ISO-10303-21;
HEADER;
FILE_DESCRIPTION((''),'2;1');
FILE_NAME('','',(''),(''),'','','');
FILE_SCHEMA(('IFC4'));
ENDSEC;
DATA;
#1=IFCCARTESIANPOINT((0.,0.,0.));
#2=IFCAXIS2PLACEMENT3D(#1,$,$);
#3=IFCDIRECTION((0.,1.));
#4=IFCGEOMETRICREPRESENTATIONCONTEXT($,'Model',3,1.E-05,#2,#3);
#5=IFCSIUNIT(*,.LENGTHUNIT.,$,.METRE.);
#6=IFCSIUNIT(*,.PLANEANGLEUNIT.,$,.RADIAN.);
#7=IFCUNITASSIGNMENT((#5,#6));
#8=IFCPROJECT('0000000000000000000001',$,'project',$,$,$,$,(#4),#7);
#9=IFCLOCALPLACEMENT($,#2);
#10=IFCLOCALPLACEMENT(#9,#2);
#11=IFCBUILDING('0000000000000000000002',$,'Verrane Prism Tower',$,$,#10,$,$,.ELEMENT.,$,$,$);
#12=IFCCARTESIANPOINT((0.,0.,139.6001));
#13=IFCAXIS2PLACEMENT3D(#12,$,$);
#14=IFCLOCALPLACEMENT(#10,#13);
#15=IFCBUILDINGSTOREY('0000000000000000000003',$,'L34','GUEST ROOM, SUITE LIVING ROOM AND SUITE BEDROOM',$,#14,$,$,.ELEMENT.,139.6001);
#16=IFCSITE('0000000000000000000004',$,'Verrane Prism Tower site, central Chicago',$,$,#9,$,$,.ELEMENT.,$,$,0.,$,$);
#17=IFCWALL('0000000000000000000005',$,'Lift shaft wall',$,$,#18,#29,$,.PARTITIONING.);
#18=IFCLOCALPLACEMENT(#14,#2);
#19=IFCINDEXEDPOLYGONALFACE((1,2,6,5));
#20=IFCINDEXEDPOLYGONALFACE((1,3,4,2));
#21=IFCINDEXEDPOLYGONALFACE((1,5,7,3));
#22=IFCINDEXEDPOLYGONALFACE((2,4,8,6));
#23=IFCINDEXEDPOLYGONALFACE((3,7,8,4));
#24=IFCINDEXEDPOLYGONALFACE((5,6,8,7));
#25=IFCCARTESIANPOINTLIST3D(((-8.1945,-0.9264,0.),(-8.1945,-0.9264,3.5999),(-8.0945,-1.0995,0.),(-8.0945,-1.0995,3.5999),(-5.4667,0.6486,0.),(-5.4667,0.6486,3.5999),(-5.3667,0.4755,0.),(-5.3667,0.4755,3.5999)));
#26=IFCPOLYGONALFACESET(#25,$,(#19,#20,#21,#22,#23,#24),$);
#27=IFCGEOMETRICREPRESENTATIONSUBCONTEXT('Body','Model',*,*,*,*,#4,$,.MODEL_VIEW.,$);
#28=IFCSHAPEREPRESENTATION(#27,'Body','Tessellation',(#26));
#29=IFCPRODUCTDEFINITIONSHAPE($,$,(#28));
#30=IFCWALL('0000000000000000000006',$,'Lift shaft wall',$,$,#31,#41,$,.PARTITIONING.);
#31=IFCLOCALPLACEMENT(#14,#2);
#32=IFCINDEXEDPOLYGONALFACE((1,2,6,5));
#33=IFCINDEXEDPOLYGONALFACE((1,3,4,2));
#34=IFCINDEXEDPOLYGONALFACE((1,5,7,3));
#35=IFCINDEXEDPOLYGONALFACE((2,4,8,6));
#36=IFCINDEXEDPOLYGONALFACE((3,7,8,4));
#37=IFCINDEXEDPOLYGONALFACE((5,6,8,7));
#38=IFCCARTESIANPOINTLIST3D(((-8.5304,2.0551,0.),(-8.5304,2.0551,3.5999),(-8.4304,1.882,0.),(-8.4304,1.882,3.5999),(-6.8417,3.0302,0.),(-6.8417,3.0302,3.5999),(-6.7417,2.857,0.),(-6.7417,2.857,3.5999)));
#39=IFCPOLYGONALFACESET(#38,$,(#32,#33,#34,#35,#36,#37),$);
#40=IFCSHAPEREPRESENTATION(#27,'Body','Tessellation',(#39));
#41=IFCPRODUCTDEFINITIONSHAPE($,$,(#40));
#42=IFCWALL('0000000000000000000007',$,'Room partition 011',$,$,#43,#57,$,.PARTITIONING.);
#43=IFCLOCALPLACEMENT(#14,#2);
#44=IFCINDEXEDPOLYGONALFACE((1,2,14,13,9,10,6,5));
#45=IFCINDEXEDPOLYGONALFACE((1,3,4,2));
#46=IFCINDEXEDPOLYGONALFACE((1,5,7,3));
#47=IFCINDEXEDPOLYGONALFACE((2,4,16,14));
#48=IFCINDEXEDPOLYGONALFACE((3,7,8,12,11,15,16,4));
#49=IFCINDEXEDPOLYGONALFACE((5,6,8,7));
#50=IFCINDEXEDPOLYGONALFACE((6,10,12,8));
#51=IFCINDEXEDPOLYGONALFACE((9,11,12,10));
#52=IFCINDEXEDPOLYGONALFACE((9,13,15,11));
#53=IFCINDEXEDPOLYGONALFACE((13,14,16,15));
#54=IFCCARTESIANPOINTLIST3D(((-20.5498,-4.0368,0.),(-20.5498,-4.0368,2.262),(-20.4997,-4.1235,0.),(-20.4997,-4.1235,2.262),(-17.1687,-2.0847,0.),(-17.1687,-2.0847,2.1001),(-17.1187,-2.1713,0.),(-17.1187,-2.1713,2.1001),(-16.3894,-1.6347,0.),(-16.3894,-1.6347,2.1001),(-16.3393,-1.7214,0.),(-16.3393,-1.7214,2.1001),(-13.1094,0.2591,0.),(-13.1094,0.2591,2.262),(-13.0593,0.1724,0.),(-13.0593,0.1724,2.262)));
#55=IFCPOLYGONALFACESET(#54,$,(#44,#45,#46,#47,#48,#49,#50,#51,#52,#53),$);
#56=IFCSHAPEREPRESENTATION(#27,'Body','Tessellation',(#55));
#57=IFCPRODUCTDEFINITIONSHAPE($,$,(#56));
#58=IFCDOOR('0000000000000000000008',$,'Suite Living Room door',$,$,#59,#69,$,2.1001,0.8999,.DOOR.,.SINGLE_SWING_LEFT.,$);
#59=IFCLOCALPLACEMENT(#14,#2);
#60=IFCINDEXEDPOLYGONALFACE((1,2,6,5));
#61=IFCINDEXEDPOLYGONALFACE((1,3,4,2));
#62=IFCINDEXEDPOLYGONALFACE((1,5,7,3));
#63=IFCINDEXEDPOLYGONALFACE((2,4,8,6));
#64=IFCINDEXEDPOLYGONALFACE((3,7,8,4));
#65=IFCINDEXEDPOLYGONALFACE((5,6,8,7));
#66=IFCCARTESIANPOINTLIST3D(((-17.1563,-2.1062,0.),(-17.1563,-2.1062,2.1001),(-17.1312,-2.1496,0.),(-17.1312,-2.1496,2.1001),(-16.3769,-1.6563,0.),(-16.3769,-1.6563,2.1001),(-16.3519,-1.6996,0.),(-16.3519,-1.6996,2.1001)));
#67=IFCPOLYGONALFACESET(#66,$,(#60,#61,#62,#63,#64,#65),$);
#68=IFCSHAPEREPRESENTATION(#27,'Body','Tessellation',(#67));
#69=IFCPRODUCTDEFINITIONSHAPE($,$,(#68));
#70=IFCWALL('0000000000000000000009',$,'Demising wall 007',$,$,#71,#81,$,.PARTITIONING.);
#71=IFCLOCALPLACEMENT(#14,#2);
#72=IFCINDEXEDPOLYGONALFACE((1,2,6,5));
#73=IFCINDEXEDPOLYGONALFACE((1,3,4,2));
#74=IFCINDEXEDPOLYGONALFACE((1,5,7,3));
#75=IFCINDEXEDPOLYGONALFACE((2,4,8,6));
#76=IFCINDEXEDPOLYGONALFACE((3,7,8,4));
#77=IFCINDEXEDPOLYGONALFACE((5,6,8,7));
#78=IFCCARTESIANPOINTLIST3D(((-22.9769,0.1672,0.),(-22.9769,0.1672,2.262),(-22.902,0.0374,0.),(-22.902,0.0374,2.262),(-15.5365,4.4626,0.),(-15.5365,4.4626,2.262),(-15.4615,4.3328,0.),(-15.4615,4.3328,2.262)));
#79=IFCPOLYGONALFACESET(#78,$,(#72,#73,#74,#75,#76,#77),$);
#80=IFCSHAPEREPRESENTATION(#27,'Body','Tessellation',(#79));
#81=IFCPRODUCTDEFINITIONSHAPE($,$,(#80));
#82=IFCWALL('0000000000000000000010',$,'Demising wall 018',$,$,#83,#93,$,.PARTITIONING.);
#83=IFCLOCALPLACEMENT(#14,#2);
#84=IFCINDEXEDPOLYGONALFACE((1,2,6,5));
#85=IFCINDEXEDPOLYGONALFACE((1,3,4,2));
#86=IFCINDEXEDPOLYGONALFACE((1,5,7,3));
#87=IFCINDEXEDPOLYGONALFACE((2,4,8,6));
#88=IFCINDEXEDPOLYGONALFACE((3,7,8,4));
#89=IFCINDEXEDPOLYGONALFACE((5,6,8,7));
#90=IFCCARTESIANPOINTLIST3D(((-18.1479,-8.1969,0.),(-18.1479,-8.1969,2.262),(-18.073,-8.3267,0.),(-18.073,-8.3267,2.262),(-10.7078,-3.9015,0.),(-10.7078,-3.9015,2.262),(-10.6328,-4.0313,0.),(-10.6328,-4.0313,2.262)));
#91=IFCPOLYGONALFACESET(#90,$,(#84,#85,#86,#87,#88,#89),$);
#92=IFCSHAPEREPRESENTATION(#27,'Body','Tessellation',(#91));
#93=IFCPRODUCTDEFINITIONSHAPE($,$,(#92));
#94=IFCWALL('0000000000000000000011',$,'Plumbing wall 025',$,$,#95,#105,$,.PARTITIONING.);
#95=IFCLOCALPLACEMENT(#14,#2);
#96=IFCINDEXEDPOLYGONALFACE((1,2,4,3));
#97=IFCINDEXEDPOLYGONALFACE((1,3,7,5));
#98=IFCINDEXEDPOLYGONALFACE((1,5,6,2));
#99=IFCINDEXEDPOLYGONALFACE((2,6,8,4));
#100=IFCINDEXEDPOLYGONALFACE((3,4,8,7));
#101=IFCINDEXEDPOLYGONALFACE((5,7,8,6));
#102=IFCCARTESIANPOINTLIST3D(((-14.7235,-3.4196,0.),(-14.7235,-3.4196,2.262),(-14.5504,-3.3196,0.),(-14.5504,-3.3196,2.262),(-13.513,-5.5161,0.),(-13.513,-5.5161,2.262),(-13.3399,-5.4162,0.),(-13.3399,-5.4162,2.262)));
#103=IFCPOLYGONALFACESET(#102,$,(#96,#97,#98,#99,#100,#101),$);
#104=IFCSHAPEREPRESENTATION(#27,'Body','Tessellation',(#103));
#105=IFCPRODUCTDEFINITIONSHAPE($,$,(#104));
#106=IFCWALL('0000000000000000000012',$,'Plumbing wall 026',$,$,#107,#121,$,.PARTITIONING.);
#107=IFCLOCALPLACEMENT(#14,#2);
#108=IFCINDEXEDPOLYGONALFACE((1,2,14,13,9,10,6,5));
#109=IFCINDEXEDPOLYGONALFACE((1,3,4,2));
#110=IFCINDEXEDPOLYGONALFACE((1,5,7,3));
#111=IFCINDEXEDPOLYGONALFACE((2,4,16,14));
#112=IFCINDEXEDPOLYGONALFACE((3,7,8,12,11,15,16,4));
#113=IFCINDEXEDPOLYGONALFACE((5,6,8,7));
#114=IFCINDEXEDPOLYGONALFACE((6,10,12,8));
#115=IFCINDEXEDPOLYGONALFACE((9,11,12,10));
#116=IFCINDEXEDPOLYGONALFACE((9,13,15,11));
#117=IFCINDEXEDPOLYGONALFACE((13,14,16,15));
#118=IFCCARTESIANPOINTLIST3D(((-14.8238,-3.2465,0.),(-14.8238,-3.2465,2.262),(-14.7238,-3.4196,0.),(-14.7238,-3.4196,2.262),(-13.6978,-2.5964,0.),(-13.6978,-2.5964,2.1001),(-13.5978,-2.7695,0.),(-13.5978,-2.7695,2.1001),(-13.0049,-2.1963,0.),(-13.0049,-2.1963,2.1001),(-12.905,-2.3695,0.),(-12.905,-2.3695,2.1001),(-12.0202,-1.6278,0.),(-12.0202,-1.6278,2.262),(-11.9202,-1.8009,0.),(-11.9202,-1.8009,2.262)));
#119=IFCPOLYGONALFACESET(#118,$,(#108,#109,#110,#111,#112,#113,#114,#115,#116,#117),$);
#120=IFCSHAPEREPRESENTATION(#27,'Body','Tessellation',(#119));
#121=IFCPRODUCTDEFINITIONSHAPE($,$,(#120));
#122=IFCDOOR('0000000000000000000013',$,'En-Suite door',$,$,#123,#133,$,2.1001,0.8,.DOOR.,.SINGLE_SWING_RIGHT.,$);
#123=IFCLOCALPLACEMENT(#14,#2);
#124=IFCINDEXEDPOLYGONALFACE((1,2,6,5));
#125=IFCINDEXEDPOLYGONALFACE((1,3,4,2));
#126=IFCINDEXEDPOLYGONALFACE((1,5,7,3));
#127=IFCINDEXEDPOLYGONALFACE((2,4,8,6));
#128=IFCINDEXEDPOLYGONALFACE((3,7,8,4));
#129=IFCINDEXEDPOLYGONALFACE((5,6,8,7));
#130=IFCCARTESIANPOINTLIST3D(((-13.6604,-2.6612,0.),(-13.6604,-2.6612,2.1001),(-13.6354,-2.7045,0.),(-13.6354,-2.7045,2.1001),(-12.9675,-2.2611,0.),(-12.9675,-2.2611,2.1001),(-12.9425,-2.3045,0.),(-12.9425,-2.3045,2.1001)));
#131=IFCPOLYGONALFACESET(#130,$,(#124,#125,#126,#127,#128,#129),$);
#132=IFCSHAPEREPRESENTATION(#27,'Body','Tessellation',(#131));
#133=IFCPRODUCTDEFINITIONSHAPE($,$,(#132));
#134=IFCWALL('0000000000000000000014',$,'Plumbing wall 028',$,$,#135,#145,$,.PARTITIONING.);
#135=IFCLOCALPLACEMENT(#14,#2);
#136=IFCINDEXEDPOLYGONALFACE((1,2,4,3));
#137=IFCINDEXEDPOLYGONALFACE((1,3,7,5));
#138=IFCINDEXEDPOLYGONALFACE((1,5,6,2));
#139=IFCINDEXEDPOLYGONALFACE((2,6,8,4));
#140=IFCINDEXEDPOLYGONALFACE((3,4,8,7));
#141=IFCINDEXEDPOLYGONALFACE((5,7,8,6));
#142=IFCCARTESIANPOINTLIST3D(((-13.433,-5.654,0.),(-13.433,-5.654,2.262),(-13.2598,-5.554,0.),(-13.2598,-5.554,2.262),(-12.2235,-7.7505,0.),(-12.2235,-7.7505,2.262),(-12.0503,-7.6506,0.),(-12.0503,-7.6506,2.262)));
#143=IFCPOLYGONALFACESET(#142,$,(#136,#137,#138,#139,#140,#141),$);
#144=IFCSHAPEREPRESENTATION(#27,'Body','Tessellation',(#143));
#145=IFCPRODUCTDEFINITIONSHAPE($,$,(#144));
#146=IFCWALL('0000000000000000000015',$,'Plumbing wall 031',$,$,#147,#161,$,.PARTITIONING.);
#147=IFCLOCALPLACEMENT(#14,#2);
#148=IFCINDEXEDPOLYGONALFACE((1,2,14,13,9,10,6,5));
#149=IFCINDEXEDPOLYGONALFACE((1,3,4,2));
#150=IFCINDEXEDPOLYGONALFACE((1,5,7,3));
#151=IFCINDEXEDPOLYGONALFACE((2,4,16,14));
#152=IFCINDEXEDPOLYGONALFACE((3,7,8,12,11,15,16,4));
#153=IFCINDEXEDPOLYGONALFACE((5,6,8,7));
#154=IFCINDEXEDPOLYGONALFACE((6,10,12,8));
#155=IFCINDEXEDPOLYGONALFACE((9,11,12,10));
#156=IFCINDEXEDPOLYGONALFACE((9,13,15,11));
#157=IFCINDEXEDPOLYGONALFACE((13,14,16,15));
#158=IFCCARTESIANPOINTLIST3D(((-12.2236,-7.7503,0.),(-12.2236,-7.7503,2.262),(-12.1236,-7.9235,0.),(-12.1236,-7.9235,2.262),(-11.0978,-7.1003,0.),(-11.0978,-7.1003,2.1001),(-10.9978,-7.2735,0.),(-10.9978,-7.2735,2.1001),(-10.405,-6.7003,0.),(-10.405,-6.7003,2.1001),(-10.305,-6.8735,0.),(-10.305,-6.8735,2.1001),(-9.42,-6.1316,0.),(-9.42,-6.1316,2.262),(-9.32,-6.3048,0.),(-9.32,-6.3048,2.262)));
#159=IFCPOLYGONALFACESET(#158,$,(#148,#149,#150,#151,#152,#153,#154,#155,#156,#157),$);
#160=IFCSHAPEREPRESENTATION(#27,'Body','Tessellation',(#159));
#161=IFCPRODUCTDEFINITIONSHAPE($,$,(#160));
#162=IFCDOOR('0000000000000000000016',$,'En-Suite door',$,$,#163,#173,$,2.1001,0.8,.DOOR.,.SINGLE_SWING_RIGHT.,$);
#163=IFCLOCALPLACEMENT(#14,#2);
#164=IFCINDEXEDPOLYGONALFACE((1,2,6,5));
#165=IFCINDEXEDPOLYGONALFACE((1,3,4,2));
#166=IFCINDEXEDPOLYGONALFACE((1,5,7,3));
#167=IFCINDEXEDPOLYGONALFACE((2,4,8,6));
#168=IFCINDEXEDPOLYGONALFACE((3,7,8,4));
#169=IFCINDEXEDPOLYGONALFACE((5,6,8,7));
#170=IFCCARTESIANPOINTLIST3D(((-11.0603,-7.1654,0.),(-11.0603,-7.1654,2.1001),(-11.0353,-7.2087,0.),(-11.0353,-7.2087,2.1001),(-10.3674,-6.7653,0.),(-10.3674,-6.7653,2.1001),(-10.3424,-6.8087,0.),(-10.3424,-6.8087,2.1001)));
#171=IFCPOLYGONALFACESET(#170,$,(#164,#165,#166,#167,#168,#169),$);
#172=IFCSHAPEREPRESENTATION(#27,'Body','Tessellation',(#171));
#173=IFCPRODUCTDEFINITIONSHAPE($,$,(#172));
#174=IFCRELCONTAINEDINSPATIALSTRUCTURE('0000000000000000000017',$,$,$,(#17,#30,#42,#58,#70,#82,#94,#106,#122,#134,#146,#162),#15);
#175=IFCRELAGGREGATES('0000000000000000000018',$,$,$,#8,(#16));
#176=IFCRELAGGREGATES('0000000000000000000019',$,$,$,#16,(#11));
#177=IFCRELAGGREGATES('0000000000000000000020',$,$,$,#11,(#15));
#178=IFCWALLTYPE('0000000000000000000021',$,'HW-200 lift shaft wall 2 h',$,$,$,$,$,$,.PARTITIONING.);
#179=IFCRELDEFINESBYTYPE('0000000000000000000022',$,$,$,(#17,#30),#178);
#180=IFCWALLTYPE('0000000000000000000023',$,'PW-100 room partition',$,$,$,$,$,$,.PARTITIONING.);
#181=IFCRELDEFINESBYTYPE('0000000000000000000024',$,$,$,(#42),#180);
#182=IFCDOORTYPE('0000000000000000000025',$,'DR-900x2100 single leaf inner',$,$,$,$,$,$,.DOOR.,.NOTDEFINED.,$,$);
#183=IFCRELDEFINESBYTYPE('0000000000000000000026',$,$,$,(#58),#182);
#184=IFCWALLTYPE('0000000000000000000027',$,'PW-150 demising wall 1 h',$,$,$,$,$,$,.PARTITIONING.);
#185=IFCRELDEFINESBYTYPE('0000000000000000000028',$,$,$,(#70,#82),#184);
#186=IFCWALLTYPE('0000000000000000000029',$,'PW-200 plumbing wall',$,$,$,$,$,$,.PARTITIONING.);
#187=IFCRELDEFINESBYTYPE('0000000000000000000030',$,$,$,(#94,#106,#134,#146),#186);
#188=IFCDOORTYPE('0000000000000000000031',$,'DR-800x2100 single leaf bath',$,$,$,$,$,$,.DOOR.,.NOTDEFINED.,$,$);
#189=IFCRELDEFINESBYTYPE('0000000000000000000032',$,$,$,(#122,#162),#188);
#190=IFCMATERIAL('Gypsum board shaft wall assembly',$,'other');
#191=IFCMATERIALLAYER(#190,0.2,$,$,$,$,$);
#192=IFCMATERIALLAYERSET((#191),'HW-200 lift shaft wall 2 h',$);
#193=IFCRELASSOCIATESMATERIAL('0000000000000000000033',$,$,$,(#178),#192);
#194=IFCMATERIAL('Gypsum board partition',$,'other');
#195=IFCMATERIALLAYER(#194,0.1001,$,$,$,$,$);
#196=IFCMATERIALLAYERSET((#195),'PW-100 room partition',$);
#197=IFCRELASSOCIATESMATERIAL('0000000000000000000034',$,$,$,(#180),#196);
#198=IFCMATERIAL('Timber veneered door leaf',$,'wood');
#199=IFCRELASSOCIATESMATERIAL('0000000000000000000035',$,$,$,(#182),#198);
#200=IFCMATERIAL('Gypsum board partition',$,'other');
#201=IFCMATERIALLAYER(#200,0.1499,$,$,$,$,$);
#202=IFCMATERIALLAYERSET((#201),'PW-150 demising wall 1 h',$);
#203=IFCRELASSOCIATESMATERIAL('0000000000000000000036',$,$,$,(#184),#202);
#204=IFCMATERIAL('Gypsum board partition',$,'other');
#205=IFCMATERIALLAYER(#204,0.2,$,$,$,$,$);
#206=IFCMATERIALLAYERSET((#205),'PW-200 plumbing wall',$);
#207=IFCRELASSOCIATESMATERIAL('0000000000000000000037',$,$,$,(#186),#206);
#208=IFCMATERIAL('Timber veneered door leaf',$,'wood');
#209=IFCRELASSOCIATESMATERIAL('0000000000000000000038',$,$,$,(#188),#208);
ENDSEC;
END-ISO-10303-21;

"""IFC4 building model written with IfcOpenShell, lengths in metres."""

from ifc_helpers import new_model, si_unit, direction, frame, frame_2d, origin, place, context, subcontext, project, spatial, rectangle, extrude, material, layer, layer_set, type_object, element, fill, save


model = new_model("IFC4")

# Units and contexts
model_context = context("Model", 3, precision=1e-05, world=origin(), true_north=direction((0.0, 1.0)))
body_context = subcontext(model_context, "Body", "Model", "MODEL_VIEW")
ifc_project = project(units=[si_unit("LENGTHUNIT", "METRE"), si_unit("PLANEANGLEUNIT", "RADIAN")], contexts=[model_context])

# Site, building, storey
site_placement = place(None, origin())
site = spatial("IfcSite", under=ifc_project, at=site_placement, Name="Verrane Prism Tower site, central Chicago", CompositionType="ELEMENT", RefElevation=0.0)
building_placement = place(site_placement, origin())
building = spatial("IfcBuilding", under=site, at=building_placement, Name="Verrane Prism Tower", CompositionType="ELEMENT")
storey_placement = place(building_placement, frame((0.0, 0.0, 139.6001)))
storey = spatial("IfcBuildingStorey", under=building, at=storey_placement, Name="L34", Description="GUEST ROOM, SUITE LIVING ROOM AND SUITE BEDROOM", CompositionType="ELEMENT", Elevation=139.6001)

# Walls
ifc_material_1 = material(Name="Gypsum board shaft wall assembly", Category="other")
ifc_layer_1 = layer(ifc_material_1, 0.2)
ifc_layer_set_1 = layer_set([ifc_layer_1], Name="HW-200 lift shaft wall 2 h")
wall_type_1 = type_object("IfcWallType", Name="HW-200 lift shaft wall 2 h", PredefinedType="PARTITIONING", material=ifc_layer_set_1)
wall_1_placement = place(storey_placement, frame((-8.1445, -1.0129, 0.0), z_axis=(0.0, 0.0, 1.0), x_axis=(0.866016, 0.500015, 0.0)))
element("IfcWall", 1, at=wall_1_placement, inside=storey, type_object=wall_type_1, Name="Lift shaft wall", PredefinedType="PARTITIONING", context=body_context, shape_type="SweptSolid", body=[
    extrude(rectangle(XDim=3.1499, YDim=0.2, at=frame_2d((1.575, 0.0))), origin(), (0.0, 0.0, 1.0), 3.5999),
])
wall_2_placement = place(storey_placement, frame((-8.4805, 1.9685, 0.0), z_axis=(0.0, 0.0, 1.0), x_axis=(0.866, 0.500044, 0.0)))
element("IfcWall", 2, at=wall_2_placement, inside=storey, type_object=wall_type_1, Name="Lift shaft wall", PredefinedType="PARTITIONING", context=body_context, shape_type="SweptSolid", body=[
    extrude(rectangle(XDim=1.95, YDim=0.2, at=frame_2d((0.9751, 0.0))), origin(), (0.0, 0.0, 1.0), 3.5999),
])

# Wall, opening, door
ifc_material_2 = material(Name="Gypsum board partition", Category="other")
ifc_layer_2 = layer(ifc_material_2, 0.1001)
ifc_layer_set_2 = layer_set([ifc_layer_2], Name="PW-100 room partition")
wall_type_2 = type_object("IfcWallType", Name="PW-100 room partition", PredefinedType="PARTITIONING", material=ifc_layer_set_2)
wall_3_placement = place(storey_placement, frame((-13.0842, 0.2158, 0.0), z_axis=(0.0, 0.0, 1.0), x_axis=(-0.866017, -0.500014, 0.0)))
wall_3 = element("IfcWall", 3, at=wall_3_placement, inside=storey, type_object=wall_type_2, Name="Room partition 011", PredefinedType="PARTITIONING", context=body_context, shape_type="SweptSolid", body=[
    extrude(rectangle(XDim=8.5916, YDim=0.1001, at=frame_2d((4.2959, 0.0))), origin(), (0.0, 0.0, 1.0), 2.262),
])
opening_1_placement = place(wall_3_placement, frame((3.7876, 0.0, 0.0)))
opening_1 = element("IfcOpeningElement", 4, at=opening_1_placement, cuts=wall_3, PredefinedType="OPENING", context=body_context, shape_type="SweptSolid", body=[
    extrude(rectangle(XDim=0.8999, YDim=2.1001, at=frame_2d((0.45, 1.05))), frame((0.0, 0.0601, 0.0), z_axis=(0.0, -1.0, 0.0), x_axis=(1.0, 0.0, 0.0)), (0.0, 0.0, 1.0), 0.1201),
])
ifc_material_3 = material(Name="Timber veneered door leaf", Category="wood")
door_type_1 = type_object("IfcDoorType", Name="DR-900x2100 single leaf inner", OperationType="NOTDEFINED", PredefinedType="DOOR", material=ifc_material_3)
door_1_placement = place(opening_1_placement, origin())
door_1 = element("IfcDoor", 5, at=door_1_placement, inside=storey, type_object=door_type_1, Name="Suite Living Room door", OperationType="SINGLE_SWING_LEFT", OverallHeight=2.1001, OverallWidth=0.8999, PredefinedType="DOOR", context=body_context, shape_type="SweptSolid", body=[
    extrude(rectangle(XDim=0.8999, YDim=2.1001, at=frame_2d((0.45, 1.05))), frame((0.0, 0.0249, 0.0), z_axis=(0.0, -1.0, 0.0), x_axis=(1.0, 0.0, 0.0)), (0.0, 0.0, 1.0), 0.05),
])
fill(opening_1, door_1)

# Walls
ifc_material_4 = material(Name="Gypsum board partition", Category="other")
ifc_layer_3 = layer(ifc_material_4, 0.1499)
ifc_layer_set_3 = layer_set([ifc_layer_3], Name="PW-150 demising wall 1 h")
wall_type_3 = type_object("IfcWallType", Name="PW-150 demising wall 1 h", PredefinedType="PARTITIONING", material=ifc_layer_set_3)
wall_4_placement = place(storey_placement, frame((-22.9395, 0.1023, 0.0), z_axis=(0.0, 0.0, 1.0), x_axis=(0.866042, 0.499972, 0.0)))
element("IfcWall", 6, at=wall_4_placement, inside=storey, type_object=wall_type_3, Name="Demising wall 007", PredefinedType="PARTITIONING", context=body_context, shape_type="SweptSolid", body=[
    extrude(rectangle(XDim=8.5913, YDim=0.1499, at=frame_2d((4.2957, 0.0))), origin(), (0.0, 0.0, 1.0), 2.262),
])
wall_5_placement = place(storey_placement, frame((-18.1104, -8.2617, 0.0), z_axis=(0.0, 0.0, 1.0), x_axis=(0.866035, 0.499984, 0.0)))
element("IfcWall", 7, at=wall_5_placement, inside=storey, type_object=wall_type_3, Name="Demising wall 018", PredefinedType="PARTITIONING", context=body_context, shape_type="SweptSolid", body=[
    extrude(rectangle(XDim=8.5911, YDim=0.1499, at=frame_2d((4.2954, 0.0))), origin(), (0.0, 0.0, 1.0), 2.262),
])
ifc_material_5 = material(Name="Gypsum board partition", Category="other")
ifc_layer_4 = layer(ifc_material_5, 0.2)
ifc_layer_set_4 = layer_set([ifc_layer_4], Name="PW-200 plumbing wall")
wall_type_4 = type_object("IfcWallType", Name="PW-200 plumbing wall", PredefinedType="PARTITIONING", material=ifc_layer_set_4)
wall_6_placement = place(storey_placement, frame((-14.637, -3.3696, 0.0), z_axis=(0.0, 0.0, 1.0), x_axis=(0.500022, -0.866013, 0.0)))
element("IfcWall", 8, at=wall_6_placement, inside=storey, type_object=wall_type_4, Name="Plumbing wall 025", PredefinedType="PARTITIONING", context=body_context, shape_type="SweptSolid", body=[
    extrude(rectangle(XDim=2.4209, YDim=0.2, at=frame_2d((1.2104, 0.0))), origin(), (0.0, 0.0, 1.0), 2.262),
])

# Wall, opening, door
wall_7_placement = place(storey_placement, frame((-11.9702, -1.7144, 0.0), z_axis=(0.0, 0.0, 1.0), x_axis=(-0.866016, -0.500016, 0.0)))
wall_7 = element("IfcWall", 9, at=wall_7_placement, inside=storey, type_object=wall_type_4, Name="Plumbing wall 026", PredefinedType="PARTITIONING", context=body_context, shape_type="SweptSolid", body=[
    extrude(rectangle(XDim=3.2373, YDim=0.2, at=frame_2d((1.6187, 0.0))), origin(), (0.0, 0.0, 1.0), 2.262),
])
opening_2_placement = place(wall_7_placement, frame((1.1372, 0.0, 0.0)))
opening_2 = element("IfcOpeningElement", 10, at=opening_2_placement, cuts=wall_7, PredefinedType="OPENING", context=body_context, shape_type="SweptSolid", body=[
    extrude(rectangle(XDim=0.8, YDim=2.1001, at=frame_2d((0.3999, 1.05))), frame((0.0, 0.1099, 0.0), z_axis=(0.0, -1.0, 0.0), x_axis=(1.0, 0.0, 0.0)), (0.0, 0.0, 1.0), 0.22),
])
ifc_material_6 = material(Name="Timber veneered door leaf", Category="wood")
door_type_2 = type_object("IfcDoorType", Name="DR-800x2100 single leaf bath", OperationType="NOTDEFINED", PredefinedType="DOOR", material=ifc_material_6)
door_2_placement = place(opening_2_placement, origin())
door_2 = element("IfcDoor", 11, at=door_2_placement, inside=storey, type_object=door_type_2, Name="En-Suite door", OperationType="SINGLE_SWING_RIGHT", OverallHeight=2.1001, OverallWidth=0.8, PredefinedType="DOOR", context=body_context, shape_type="SweptSolid", body=[
    extrude(rectangle(XDim=0.8, YDim=2.1001, at=frame_2d((0.3999, 1.05))), frame((0.0, 0.0249, 0.0), z_axis=(0.0, -1.0, 0.0), x_axis=(1.0, 0.0, 0.0)), (0.0, 0.0, 1.0), 0.05),
])
fill(opening_2, door_2)

# Wall
wall_8_placement = place(storey_placement, frame((-13.3464, -5.604, 0.0), z_axis=(0.0, 0.0, 1.0), x_axis=(0.49972, -0.866187, 0.0)))
element("IfcWall", 12, at=wall_8_placement, inside=storey, type_object=wall_type_4, Name="Plumbing wall 028", PredefinedType="PARTITIONING", context=body_context, shape_type="SweptSolid", body=[
    extrude(rectangle(XDim=2.4204, YDim=0.2, at=frame_2d((1.2102, 0.0))), origin(), (0.0, 0.0, 1.0), 2.262),
])

# Wall, opening, door
wall_9_placement = place(storey_placement, frame((-12.1736, -7.8369, 0.0), z_axis=(0.0, 0.0, 1.0), x_axis=(0.866016, 0.500016, 0.0)))
wall_9 = element("IfcWall", 13, at=wall_9_placement, inside=storey, type_object=wall_type_4, Name="Plumbing wall 031", PredefinedType="PARTITIONING", context=body_context, shape_type="SweptSolid", body=[
    extrude(rectangle(XDim=3.2373, YDim=0.2, at=frame_2d((1.6187, 0.0))), origin(), (0.0, 0.0, 1.0), 2.262),
])
opening_3_placement = place(wall_9_placement, frame((1.3, 0.0, 0.0)))
opening_3 = element("IfcOpeningElement", 14, at=opening_3_placement, cuts=wall_9, PredefinedType="OPENING", context=body_context, shape_type="SweptSolid", body=[
    extrude(rectangle(XDim=0.8, YDim=2.1001, at=frame_2d((0.3999, 1.05))), frame((0.0, 0.1099, 0.0), z_axis=(0.0, -1.0, 0.0), x_axis=(1.0, 0.0, 0.0)), (0.0, 0.0, 1.0), 0.22),
])
door_3_placement = place(opening_3_placement, origin())
door_3 = element("IfcDoor", 15, at=door_3_placement, inside=storey, type_object=door_type_2, Name="En-Suite door", OperationType="SINGLE_SWING_RIGHT", OverallHeight=2.1001, OverallWidth=0.8, PredefinedType="DOOR", context=body_context, shape_type="SweptSolid", body=[
    extrude(rectangle(XDim=0.8, YDim=2.1001, at=frame_2d((0.3999, 1.05))), frame((0.0, 0.0249, 0.0), z_axis=(0.0, -1.0, 0.0), x_axis=(1.0, 0.0, 0.0)), (0.0, 0.0, 1.0), 0.05),
])
fill(opening_3, door_3)

save(model, "model.ifc")
